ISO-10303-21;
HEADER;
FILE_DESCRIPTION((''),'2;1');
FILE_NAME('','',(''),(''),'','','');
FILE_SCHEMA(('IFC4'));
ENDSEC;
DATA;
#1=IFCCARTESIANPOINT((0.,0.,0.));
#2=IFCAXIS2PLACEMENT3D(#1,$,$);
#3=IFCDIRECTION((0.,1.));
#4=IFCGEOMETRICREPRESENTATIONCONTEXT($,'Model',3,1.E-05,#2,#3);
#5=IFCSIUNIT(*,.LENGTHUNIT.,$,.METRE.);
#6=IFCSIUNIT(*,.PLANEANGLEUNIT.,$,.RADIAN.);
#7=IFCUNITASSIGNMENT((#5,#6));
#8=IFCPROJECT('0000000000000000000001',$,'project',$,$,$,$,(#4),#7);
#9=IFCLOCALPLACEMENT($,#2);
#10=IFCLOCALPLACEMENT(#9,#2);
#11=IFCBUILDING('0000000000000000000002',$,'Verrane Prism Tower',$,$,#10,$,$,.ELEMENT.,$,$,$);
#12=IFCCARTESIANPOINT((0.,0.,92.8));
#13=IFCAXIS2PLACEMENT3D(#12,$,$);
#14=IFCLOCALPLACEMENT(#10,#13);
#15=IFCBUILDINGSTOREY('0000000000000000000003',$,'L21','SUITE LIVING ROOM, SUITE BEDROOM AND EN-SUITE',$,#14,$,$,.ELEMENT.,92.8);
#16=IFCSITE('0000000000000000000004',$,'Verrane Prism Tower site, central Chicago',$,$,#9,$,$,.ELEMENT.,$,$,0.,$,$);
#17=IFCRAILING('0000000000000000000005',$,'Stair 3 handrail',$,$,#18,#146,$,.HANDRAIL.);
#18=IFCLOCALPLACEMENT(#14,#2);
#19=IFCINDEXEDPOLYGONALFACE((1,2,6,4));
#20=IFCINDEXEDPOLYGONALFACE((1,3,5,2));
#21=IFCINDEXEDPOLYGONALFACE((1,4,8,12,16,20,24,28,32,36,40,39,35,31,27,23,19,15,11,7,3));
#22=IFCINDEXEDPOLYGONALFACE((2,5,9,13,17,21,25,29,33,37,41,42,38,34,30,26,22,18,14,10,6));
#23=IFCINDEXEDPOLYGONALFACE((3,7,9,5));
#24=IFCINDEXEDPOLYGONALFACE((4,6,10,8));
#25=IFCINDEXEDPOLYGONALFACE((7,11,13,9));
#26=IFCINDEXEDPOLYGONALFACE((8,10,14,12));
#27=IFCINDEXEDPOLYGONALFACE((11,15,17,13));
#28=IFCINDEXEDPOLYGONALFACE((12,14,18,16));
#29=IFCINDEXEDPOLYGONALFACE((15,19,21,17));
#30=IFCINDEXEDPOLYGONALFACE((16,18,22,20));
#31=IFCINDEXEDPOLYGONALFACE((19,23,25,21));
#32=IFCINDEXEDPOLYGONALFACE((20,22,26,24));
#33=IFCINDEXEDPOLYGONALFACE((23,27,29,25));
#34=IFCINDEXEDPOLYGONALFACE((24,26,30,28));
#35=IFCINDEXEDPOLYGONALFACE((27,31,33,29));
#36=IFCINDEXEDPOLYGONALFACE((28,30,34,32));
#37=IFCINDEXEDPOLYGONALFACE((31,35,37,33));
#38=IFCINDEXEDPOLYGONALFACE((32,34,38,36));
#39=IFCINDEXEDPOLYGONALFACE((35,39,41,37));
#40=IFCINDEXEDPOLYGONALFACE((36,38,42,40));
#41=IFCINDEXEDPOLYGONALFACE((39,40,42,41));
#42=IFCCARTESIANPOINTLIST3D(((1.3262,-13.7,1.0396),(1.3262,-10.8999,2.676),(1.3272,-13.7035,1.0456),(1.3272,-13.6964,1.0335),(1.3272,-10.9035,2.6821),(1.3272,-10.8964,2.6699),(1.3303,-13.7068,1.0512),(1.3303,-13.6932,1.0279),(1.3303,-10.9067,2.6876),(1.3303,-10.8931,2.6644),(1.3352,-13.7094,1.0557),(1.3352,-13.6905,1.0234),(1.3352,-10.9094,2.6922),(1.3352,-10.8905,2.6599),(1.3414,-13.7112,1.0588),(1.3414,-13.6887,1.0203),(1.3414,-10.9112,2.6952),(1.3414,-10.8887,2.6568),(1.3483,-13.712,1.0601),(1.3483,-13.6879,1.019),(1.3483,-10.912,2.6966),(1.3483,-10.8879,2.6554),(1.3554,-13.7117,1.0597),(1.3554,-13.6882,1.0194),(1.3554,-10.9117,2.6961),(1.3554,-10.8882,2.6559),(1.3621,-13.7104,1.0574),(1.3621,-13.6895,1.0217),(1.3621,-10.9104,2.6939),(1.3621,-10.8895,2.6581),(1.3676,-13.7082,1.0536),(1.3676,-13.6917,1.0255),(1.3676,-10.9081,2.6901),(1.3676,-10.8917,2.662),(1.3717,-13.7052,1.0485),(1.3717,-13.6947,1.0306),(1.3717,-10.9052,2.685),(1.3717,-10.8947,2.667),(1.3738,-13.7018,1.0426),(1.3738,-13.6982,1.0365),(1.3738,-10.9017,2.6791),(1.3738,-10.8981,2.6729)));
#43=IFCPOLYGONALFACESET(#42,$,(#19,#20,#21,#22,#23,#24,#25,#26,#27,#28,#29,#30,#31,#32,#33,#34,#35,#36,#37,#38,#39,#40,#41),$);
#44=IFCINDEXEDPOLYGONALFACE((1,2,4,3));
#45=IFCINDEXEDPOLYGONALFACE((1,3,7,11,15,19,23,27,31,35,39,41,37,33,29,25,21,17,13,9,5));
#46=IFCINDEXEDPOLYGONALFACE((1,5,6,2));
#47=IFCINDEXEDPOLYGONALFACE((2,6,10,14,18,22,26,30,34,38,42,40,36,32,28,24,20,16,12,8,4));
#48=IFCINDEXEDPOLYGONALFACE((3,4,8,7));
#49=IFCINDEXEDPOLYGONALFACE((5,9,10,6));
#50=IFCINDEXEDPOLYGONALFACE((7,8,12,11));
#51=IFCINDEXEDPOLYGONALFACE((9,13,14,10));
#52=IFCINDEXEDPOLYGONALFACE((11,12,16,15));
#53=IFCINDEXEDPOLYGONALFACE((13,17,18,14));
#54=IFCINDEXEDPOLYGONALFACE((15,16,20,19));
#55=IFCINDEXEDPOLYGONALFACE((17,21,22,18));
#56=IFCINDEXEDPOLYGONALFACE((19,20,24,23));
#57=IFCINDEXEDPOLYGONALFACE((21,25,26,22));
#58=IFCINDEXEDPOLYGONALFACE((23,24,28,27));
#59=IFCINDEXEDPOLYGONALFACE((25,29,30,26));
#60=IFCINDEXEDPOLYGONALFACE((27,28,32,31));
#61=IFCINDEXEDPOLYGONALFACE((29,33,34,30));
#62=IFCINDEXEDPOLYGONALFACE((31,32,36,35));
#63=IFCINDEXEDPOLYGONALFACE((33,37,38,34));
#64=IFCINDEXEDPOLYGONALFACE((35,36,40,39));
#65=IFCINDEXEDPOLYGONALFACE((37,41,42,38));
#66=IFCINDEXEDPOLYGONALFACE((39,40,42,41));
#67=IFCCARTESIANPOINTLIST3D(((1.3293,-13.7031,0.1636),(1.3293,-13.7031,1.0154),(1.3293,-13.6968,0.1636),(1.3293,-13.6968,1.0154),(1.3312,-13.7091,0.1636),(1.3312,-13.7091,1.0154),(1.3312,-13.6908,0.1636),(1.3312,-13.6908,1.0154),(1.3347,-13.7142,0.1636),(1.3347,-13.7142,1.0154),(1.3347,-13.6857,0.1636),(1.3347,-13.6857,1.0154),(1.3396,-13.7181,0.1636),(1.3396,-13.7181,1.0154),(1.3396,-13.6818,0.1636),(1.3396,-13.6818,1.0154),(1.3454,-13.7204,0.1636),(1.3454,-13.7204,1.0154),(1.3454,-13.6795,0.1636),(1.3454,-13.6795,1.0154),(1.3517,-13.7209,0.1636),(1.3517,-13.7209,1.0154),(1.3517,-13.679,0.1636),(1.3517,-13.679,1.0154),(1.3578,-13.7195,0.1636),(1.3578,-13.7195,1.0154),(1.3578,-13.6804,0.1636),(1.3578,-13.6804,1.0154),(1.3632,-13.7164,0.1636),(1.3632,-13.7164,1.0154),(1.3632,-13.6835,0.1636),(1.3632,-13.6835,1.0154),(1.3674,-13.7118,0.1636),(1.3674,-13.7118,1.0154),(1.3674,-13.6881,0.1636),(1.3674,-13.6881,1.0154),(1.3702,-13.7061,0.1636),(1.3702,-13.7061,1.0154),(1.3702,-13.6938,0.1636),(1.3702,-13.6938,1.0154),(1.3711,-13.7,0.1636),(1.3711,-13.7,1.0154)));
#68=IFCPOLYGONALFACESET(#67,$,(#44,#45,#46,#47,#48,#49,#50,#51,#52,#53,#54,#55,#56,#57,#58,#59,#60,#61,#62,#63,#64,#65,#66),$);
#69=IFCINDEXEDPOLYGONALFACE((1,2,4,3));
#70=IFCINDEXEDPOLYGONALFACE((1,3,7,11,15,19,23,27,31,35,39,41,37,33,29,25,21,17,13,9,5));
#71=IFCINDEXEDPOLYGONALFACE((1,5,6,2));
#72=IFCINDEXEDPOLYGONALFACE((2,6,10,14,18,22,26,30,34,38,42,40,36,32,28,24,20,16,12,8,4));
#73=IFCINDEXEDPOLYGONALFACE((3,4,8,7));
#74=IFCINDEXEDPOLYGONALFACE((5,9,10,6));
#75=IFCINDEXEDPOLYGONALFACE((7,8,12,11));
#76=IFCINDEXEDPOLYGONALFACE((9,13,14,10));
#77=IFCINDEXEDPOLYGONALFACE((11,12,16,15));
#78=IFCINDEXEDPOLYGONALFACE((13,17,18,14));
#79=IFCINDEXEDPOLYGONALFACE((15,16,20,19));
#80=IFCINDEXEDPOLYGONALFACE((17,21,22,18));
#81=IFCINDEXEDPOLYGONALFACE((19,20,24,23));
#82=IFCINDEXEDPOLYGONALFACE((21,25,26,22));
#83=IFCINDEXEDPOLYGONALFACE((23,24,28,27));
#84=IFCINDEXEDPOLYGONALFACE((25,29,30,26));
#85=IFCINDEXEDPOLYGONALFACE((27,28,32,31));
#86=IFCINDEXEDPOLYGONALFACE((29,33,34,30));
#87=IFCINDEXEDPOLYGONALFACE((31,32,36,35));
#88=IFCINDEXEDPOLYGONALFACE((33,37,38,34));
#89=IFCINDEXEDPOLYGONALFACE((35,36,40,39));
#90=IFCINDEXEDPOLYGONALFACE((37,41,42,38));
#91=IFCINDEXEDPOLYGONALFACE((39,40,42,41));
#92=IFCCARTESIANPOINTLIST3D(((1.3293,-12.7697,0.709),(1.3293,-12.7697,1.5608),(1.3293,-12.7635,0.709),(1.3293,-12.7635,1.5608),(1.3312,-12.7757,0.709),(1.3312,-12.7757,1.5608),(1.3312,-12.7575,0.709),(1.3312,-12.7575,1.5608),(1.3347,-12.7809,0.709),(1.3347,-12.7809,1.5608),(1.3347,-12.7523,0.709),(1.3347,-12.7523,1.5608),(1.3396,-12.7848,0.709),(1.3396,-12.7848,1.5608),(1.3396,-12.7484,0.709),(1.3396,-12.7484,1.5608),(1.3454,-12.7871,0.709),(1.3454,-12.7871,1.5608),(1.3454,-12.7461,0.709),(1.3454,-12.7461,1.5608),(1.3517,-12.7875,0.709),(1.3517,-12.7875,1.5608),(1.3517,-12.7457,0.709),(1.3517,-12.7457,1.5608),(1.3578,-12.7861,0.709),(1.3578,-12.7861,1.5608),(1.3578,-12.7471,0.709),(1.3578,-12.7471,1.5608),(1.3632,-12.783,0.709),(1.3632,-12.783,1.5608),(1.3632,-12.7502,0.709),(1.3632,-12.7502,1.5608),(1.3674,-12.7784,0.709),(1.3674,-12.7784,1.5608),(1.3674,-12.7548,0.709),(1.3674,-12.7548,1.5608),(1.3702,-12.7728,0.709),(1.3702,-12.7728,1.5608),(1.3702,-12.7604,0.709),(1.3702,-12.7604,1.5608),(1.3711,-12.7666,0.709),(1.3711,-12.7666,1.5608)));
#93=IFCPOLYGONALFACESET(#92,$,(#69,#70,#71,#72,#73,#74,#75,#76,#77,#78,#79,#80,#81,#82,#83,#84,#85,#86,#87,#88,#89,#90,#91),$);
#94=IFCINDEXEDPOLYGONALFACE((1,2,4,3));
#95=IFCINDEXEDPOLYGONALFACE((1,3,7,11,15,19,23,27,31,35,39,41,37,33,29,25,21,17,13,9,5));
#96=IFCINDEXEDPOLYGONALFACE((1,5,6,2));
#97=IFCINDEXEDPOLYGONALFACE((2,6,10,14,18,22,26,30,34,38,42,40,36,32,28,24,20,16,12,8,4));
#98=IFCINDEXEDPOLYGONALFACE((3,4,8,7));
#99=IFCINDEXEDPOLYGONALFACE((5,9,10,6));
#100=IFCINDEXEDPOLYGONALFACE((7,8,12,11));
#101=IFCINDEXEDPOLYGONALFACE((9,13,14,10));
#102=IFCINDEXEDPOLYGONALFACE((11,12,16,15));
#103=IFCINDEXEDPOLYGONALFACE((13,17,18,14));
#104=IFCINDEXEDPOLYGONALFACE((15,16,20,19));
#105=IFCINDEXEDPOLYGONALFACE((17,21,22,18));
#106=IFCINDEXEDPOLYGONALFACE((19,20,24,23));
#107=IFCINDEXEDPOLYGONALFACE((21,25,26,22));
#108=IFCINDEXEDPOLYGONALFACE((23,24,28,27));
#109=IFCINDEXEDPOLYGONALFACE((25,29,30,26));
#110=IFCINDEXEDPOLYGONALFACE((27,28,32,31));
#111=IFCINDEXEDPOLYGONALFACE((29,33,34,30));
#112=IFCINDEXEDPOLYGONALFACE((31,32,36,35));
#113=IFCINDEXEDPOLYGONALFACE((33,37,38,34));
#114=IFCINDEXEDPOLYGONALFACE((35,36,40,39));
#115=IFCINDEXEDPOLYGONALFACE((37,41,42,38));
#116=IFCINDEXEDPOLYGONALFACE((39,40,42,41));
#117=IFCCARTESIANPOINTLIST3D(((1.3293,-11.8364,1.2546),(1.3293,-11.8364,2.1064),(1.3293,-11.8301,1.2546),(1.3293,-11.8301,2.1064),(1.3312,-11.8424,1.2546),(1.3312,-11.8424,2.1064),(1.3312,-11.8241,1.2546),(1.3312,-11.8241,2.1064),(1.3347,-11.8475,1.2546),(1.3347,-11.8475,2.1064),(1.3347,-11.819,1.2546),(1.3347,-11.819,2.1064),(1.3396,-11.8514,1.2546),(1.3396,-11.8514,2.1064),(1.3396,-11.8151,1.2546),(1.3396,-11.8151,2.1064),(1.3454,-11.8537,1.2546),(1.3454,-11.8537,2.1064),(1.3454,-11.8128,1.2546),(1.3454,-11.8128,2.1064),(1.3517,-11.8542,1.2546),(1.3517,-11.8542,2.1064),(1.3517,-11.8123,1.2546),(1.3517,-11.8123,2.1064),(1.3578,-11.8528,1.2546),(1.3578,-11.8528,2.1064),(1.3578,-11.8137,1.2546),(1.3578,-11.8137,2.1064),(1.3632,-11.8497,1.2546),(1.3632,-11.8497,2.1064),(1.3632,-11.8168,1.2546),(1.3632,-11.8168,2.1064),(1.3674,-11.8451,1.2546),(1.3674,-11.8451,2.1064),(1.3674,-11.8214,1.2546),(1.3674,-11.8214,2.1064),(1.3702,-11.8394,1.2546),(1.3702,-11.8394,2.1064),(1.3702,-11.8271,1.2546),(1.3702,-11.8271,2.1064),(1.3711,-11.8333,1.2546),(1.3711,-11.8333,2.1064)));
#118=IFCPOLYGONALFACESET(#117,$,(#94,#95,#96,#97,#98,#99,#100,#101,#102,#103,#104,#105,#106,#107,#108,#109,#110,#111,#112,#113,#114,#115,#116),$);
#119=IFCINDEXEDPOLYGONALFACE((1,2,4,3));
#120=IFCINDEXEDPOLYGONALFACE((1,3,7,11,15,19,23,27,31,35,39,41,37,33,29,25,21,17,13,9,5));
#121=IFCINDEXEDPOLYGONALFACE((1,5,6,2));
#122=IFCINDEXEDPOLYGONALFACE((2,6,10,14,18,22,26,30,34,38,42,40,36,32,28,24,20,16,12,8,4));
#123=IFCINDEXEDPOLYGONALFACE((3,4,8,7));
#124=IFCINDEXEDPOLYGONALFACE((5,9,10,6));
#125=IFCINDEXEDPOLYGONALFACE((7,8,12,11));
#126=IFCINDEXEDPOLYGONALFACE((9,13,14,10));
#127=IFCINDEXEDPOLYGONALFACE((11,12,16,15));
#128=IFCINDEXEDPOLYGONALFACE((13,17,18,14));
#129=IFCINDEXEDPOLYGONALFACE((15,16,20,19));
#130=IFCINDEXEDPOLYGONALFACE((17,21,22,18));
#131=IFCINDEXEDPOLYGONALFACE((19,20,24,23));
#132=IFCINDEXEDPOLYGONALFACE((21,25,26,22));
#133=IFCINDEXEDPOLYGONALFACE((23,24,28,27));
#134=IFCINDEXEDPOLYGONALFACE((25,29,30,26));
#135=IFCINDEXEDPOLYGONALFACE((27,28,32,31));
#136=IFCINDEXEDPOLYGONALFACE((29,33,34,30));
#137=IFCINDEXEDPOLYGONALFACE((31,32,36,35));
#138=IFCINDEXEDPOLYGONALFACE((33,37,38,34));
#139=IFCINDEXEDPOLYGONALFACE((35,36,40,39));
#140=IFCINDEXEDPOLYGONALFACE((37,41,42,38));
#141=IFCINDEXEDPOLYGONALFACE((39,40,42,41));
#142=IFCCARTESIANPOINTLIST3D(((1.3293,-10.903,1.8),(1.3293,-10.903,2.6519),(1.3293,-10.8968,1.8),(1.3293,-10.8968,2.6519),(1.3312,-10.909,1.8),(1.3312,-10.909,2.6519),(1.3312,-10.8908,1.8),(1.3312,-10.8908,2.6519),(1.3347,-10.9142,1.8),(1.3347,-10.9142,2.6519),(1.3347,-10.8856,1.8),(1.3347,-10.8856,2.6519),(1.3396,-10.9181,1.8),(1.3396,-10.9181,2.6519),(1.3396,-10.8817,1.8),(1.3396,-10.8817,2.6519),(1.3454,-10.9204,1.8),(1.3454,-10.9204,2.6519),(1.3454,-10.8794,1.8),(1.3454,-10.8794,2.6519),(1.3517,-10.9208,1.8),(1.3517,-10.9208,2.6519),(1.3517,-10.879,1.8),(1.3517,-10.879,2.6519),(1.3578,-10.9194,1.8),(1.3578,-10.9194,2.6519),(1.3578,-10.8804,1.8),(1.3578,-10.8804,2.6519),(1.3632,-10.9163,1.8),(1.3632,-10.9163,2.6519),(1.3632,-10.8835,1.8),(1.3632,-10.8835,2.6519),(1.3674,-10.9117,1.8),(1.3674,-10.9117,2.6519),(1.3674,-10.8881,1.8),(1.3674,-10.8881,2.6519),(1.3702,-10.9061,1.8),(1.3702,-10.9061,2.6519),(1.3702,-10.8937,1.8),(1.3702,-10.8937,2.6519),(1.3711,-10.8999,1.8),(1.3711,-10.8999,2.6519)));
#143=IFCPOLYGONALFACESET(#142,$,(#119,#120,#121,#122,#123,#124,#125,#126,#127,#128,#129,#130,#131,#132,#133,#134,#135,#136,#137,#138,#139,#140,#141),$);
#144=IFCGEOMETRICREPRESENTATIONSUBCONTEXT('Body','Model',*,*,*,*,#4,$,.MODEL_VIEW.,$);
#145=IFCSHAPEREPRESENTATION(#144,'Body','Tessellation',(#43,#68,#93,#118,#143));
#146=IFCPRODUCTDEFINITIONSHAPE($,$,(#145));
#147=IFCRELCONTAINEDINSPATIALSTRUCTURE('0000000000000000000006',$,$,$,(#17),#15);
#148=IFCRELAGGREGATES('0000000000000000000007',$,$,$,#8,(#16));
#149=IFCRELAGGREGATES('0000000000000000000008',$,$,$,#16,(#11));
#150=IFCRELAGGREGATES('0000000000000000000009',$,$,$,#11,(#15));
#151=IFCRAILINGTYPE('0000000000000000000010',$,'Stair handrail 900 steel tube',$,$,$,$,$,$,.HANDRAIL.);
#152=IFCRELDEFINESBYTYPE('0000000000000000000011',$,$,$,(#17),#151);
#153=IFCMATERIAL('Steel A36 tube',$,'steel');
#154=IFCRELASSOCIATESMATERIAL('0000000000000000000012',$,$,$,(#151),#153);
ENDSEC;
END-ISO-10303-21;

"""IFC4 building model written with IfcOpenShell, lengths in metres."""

from ifc_helpers import new_model, si_unit, direction, frame, origin, origin_2d, place, context, subcontext, project, spatial, circle, extrude, material, type_object, element, save


model = new_model("IFC4")

# Units and contexts
model_context = context("Model", 3, precision=1e-05, world=origin(), true_north=direction((0.0, 1.0)))
body_context = subcontext(model_context, "Body", "Model", "MODEL_VIEW")
ifc_project = project(units=[si_unit("LENGTHUNIT", "METRE"), si_unit("PLANEANGLEUNIT", "RADIAN")], contexts=[model_context])

# Site, building, storey
site_placement = place(None, origin())
site = spatial("IfcSite", under=ifc_project, at=site_placement, Name="Verrane Prism Tower site, central Chicago", CompositionType="ELEMENT", RefElevation=0.0)
building_placement = place(site_placement, origin())
building = spatial("IfcBuilding", under=site, at=building_placement, Name="Verrane Prism Tower", CompositionType="ELEMENT")
storey_placement = place(building_placement, frame((0.0, 0.0, 92.8)))
storey = spatial("IfcBuildingStorey", under=building, at=storey_placement, Name="L21", Description="SUITE LIVING ROOM, SUITE BEDROOM AND EN-SUITE", CompositionType="ELEMENT", Elevation=92.8)

# Railing
ifc_material_1 = material(Name="Steel A36 tube", Category="steel")
railing_type_1 = type_object("IfcRailingType", Name="Stair handrail 900 steel tube", PredefinedType="HANDRAIL", material=ifc_material_1)
railing_1_placement = place(storey_placement, frame((1.3501, -13.7, 0.1636)))
element("IfcRailing", 1, at=railing_1_placement, inside=storey, type_object=railing_type_1, Name="Stair 3 handrail", PredefinedType="HANDRAIL", context=body_context, shape_type="SweptSolid", body=[
    extrude(circle(Radius=0.0239, at=origin_2d()), frame((0.0, 0.0, 0.876), z_axis=(0.0, 0.863361, 0.504587), x_axis=(-1.0, 0.0, 0.0)), (0.0, 0.0, 1.0), 3.2432),
    extrude(circle(Radius=0.021, at=origin_2d()), origin(), (0.0, 0.0, 1.0), 0.8518),
    extrude(circle(Radius=0.021, at=origin_2d()), frame((0.0, 0.9333, 0.5454)), (0.0, 0.0, 1.0), 0.8518),
    extrude(circle(Radius=0.021, at=origin_2d()), frame((0.0, 1.8667, 1.0911)), (0.0, 0.0, 1.0), 0.8518),
    extrude(circle(Radius=0.021, at=origin_2d()), frame((0.0, 2.8, 1.6365)), (0.0, 0.0, 1.0), 0.8518),
])

save(model, "model.ifc")
